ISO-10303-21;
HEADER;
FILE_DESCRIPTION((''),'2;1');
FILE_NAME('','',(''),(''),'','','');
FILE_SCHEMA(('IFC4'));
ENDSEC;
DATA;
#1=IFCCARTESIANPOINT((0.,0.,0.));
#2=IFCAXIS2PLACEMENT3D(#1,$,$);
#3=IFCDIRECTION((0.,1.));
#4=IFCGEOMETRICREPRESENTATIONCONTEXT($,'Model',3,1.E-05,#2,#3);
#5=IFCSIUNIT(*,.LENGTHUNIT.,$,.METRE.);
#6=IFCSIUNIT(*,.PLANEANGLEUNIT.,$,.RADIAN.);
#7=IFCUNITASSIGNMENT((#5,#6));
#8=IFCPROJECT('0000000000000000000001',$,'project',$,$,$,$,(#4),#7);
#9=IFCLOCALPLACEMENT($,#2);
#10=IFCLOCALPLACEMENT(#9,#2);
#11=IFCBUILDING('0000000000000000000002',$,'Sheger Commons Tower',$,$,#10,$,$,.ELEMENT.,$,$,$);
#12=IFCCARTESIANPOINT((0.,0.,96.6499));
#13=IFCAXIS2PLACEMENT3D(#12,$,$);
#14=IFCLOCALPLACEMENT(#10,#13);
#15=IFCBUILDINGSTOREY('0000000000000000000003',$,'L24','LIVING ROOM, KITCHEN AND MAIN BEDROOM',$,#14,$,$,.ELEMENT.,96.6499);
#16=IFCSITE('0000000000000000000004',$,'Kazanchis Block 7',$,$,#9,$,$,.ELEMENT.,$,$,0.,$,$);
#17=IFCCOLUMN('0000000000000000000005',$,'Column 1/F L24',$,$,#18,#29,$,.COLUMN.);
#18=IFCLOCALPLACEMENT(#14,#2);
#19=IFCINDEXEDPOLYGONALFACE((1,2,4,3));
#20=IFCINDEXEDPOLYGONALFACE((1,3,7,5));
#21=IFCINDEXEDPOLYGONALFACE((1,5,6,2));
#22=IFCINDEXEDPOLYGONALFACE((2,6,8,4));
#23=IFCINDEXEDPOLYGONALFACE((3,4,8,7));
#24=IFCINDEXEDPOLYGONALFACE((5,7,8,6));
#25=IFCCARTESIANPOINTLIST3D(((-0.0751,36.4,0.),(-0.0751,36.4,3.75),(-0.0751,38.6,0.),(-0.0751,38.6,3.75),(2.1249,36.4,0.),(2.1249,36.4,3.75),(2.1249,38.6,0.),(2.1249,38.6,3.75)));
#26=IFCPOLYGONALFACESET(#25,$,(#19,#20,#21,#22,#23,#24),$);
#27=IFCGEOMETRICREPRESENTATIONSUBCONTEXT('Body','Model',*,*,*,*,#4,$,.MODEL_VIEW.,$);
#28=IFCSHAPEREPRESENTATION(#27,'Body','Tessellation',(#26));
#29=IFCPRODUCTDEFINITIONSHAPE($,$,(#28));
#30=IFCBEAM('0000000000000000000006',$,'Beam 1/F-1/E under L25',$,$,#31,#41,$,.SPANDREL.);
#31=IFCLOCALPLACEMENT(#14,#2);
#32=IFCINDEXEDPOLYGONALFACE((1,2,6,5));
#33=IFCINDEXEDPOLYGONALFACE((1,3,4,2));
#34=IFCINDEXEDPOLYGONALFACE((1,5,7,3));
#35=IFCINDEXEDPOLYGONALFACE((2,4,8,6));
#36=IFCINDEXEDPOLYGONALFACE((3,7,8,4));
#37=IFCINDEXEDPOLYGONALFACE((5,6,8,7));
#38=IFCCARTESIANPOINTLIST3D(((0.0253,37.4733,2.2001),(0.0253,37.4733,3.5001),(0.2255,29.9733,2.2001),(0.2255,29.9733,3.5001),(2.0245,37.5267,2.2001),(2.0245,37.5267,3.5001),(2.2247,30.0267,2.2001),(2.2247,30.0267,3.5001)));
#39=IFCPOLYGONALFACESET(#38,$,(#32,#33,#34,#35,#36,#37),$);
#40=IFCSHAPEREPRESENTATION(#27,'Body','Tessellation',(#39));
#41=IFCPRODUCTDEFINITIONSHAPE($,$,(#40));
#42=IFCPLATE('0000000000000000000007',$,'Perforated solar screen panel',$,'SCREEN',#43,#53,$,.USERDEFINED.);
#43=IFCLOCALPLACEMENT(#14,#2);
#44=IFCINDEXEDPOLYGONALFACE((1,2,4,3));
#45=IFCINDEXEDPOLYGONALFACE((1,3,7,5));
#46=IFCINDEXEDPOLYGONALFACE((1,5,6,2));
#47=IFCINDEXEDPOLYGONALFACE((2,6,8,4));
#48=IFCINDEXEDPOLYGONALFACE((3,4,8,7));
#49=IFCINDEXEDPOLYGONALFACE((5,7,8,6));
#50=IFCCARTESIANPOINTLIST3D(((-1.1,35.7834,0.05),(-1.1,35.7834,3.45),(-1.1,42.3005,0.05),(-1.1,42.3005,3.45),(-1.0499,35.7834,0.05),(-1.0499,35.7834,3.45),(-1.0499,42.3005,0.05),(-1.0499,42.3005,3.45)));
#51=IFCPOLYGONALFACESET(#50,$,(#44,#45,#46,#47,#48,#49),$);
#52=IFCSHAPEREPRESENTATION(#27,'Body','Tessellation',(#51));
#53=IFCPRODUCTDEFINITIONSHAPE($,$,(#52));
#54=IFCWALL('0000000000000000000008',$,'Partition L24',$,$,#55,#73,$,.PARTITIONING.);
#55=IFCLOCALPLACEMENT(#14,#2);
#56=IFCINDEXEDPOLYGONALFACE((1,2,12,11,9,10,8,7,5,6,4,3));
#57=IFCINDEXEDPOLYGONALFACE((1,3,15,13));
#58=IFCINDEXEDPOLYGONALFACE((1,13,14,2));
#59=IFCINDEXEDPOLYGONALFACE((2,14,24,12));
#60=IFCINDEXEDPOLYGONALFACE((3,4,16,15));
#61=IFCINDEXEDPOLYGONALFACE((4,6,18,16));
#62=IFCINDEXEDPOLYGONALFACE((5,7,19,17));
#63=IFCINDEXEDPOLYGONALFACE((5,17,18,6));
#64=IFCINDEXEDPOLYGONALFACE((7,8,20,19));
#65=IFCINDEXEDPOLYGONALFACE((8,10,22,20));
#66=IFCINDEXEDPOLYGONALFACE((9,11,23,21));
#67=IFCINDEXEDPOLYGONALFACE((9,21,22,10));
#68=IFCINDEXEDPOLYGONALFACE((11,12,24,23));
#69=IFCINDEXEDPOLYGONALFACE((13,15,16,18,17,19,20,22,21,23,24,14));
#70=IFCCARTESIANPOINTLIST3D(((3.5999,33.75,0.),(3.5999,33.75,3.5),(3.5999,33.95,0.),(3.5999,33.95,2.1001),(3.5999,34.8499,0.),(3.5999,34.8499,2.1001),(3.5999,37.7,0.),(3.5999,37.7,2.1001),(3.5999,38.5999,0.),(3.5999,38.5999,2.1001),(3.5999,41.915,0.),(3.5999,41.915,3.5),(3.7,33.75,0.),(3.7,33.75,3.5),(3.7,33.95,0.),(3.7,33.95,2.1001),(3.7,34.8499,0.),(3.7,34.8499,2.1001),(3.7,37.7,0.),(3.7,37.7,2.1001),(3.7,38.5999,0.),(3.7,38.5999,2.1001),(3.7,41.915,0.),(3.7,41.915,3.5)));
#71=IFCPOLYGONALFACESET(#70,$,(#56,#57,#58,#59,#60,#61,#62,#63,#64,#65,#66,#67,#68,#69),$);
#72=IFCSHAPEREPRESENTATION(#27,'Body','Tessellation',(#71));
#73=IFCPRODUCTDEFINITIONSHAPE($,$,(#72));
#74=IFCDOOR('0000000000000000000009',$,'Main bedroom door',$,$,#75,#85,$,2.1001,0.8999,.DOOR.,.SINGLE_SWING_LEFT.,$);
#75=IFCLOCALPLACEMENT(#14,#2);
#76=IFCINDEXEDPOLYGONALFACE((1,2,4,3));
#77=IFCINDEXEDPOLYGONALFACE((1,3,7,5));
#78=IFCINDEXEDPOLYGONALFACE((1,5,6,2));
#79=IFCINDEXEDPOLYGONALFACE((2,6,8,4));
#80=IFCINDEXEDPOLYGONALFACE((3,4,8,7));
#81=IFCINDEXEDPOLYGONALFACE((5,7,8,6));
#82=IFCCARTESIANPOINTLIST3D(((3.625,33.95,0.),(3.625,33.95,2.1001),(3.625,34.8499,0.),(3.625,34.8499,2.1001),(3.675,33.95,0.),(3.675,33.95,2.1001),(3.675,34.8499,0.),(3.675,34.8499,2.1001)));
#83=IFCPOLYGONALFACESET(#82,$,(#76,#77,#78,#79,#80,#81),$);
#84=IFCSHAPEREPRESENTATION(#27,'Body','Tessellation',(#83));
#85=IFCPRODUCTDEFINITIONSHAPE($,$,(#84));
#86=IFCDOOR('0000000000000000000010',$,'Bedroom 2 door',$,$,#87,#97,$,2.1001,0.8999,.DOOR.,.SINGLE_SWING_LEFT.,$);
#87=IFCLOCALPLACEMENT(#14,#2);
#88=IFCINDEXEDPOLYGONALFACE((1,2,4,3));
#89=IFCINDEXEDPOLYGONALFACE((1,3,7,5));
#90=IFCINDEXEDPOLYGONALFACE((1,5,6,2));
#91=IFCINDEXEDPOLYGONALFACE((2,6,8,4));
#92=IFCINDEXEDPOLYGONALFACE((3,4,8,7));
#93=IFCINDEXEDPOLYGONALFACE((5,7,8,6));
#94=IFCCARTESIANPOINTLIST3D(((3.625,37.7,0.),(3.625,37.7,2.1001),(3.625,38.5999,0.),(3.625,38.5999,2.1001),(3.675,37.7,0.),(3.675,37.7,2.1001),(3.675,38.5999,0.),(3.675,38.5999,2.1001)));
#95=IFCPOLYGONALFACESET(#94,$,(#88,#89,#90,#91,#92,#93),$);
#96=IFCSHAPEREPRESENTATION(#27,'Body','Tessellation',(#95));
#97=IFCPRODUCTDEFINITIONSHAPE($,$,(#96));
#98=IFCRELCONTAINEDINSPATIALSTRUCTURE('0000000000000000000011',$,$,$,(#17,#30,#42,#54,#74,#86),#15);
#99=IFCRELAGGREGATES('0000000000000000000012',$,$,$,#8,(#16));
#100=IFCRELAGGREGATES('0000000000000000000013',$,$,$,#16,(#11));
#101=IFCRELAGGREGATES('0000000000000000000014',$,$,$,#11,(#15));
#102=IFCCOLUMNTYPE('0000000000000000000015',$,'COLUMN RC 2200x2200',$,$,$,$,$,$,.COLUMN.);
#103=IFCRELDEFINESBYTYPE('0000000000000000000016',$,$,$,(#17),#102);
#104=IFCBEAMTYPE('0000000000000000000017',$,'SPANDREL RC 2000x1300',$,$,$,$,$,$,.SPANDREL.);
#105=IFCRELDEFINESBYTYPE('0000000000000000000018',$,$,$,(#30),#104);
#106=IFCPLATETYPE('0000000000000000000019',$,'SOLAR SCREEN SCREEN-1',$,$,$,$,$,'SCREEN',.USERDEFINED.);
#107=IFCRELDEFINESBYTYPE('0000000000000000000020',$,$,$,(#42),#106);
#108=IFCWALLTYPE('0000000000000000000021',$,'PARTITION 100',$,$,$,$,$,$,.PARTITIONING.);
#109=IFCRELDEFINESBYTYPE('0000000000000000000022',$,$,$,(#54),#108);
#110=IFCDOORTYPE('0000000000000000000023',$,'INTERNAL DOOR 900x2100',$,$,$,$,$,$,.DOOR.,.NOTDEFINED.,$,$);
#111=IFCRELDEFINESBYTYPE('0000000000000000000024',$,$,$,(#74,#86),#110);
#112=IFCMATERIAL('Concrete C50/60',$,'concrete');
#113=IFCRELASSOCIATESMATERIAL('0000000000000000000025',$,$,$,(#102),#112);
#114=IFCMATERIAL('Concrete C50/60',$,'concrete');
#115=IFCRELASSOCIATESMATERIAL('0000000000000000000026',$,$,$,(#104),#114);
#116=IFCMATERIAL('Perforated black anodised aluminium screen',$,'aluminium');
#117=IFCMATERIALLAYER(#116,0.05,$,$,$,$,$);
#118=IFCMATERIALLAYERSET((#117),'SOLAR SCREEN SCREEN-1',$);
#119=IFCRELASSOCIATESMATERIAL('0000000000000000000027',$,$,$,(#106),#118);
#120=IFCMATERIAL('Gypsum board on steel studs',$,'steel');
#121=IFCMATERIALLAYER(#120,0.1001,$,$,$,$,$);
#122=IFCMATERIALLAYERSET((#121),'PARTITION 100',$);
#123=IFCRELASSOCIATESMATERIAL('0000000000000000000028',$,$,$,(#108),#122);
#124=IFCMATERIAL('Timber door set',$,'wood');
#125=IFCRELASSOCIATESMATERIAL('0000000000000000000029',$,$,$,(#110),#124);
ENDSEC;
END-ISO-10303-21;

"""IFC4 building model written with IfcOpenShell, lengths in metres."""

from ifc_helpers import new_model, si_unit, direction, frame, frame_2d, origin, origin_2d, place, context, subcontext, project, spatial, rectangle, extrude, material, layer, layer_set, material_profile, profile_set, type_object, element, fill, save


model = new_model("IFC4")

# Units and contexts
model_context = context("Model", 3, precision=1e-05, world=origin(), true_north=direction((0.0, 1.0)))
body_context = subcontext(model_context, "Body", "Model", "MODEL_VIEW")
ifc_project = project(units=[si_unit("LENGTHUNIT", "METRE"), si_unit("PLANEANGLEUNIT", "RADIAN")], contexts=[model_context])

# Site, building, storey
site_placement = place(None, origin())
site = spatial("IfcSite", under=ifc_project, at=site_placement, Name="Kazanchis Block 7", CompositionType="ELEMENT", RefElevation=0.0)
building_placement = place(site_placement, origin())
building = spatial("IfcBuilding", under=site, at=building_placement, Name="Sheger Commons Tower", CompositionType="ELEMENT")
storey_placement = place(building_placement, frame((0.0, 0.0, 96.6499)))
storey = spatial("IfcBuildingStorey", under=building, at=storey_placement, Name="L24", Description="LIVING ROOM, KITCHEN AND MAIN BEDROOM", CompositionType="ELEMENT", Elevation=96.6499)

# Column
ifc_material_1 = material(Name="Concrete C50/60", Category="concrete")
ifc_material_profile_1 = material_profile(ifc_material_1, rectangle(XDim=2.2, YDim=2.2, at=origin_2d()), Name="RC 2200x2200")
ifc_profile_set_1 = profile_set([ifc_material_profile_1], Name="Concrete C50/60")
column_type = type_object("IfcColumnType", Name="COLUMN RC 2200x2200", PredefinedType="COLUMN", material=ifc_profile_set_1)
column_placement = place(storey_placement, frame((1.0249, 37.5, 0.0), z_axis=(0.0, 0.0, 1.0), x_axis=(1.0, 0.0, 0.0)))
element("IfcColumn", 1, at=column_placement, inside=storey, type_object=column_type, Name="Column 1/F L24", PredefinedType="COLUMN", context=body_context, shape_type="SweptSolid", body=[
    extrude(rectangle(XDim=2.2, YDim=2.2, at=origin_2d()), origin(), (0.0, 0.0, 1.0), 3.75),
])

# Beam
ifc_material_2 = material(Name="Concrete C50/60", Category="concrete")
ifc_material_profile_2 = material_profile(ifc_material_2, rectangle(XDim=2.0, YDim=1.3, at=origin_2d()), Name="RC 2000x1300")
ifc_profile_set_2 = profile_set([ifc_material_profile_2], Name="Concrete C50/60")
beam_type = type_object("IfcBeamType", Name="SPANDREL RC 2000x1300", PredefinedType="SPANDREL", material=ifc_profile_set_2)
beam_placement = place(storey_placement, frame((1.0249, 37.5, 2.8501), z_axis=(0.026683, -0.999644, 0.0), x_axis=(0.999644, 0.026683, 0.0)))
element("IfcBeam", 2, at=beam_placement, inside=storey, type_object=beam_type, Name="Beam 1/F-1/E under L25", PredefinedType="SPANDREL", context=body_context, shape_type="SweptSolid", body=[
    extrude(rectangle(XDim=2.0, YDim=1.3, at=origin_2d()), origin(), (0.0, 0.0, 1.0), 7.5027),
])

# Plate
ifc_material_3 = material(Name="Perforated black anodised aluminium screen", Category="aluminium")
ifc_layer_1 = layer(ifc_material_3, 0.05)
ifc_layer_set_1 = layer_set([ifc_layer_1], Name="SOLAR SCREEN SCREEN-1")
plate_type = type_object("IfcPlateType", Name="SOLAR SCREEN SCREEN-1", ElementType="SCREEN", PredefinedType="USERDEFINED", material=ifc_layer_set_1)
plate_placement = place(storey_placement, frame((-1.075, 39.042, 0.05), z_axis=(0.0, 0.0, 1.0), x_axis=(0.0, -1.0, 0.0)))
element("IfcPlate", 3, at=plate_placement, inside=storey, type_object=plate_type, Name="Perforated solar screen panel", ObjectType="SCREEN", PredefinedType="USERDEFINED", context=body_context, shape_type="SweptSolid", body=[
    extrude(rectangle(XDim=6.5171, YDim=0.05, at=origin_2d()), origin(), (0.0, 0.0, 1.0), 3.3999),
])

# Wall, openings, doors
ifc_material_4 = material(Name="Gypsum board on steel studs", Category="steel")
ifc_layer_2 = layer(ifc_material_4, 0.1001)
ifc_layer_set_2 = layer_set([ifc_layer_2], Name="PARTITION 100")
wall_type = type_object("IfcWallType", Name="PARTITION 100", PredefinedType="PARTITIONING", material=ifc_layer_set_2)
wall_1_placement = place(storey_placement, frame((3.6499, 33.75, 0.0), z_axis=(0.0, 0.0, 1.0), x_axis=(0.0, 1.0, 0.0)))
wall_1 = element("IfcWall", 4, at=wall_1_placement, inside=storey, type_object=wall_type, Name="Partition L24", PredefinedType="PARTITIONING", context=body_context, shape_type="SweptSolid", body=[
    extrude(rectangle(XDim=8.165, YDim=0.1001, at=frame_2d((4.0825, 0.0))), origin(), (0.0, 0.0, 1.0), 3.5),
])
opening_1_placement = place(wall_1_placement, frame((0.2, 0.0, 0.0)))
opening_1 = element("IfcOpeningElement", 5, at=opening_1_placement, cuts=wall_1, PredefinedType="OPENING", context=body_context, shape_type="SweptSolid", body=[
    extrude(rectangle(XDim=0.8999, YDim=2.1001, at=frame_2d((0.45, 1.05))), frame((0.0, 0.0601, 0.0), z_axis=(0.0, -1.0, 0.0), x_axis=(1.0, 0.0, 0.0)), (0.0, 0.0, 1.0), 0.1201),
])
opening_2_placement = place(wall_1_placement, frame((3.95, 0.0, 0.0)))
opening_2 = element("IfcOpeningElement", 6, at=opening_2_placement, cuts=wall_1, PredefinedType="OPENING", context=body_context, shape_type="SweptSolid", body=[
    extrude(rectangle(XDim=0.8999, YDim=2.1001, at=frame_2d((0.45, 1.05))), frame((0.0, 0.0601, 0.0), z_axis=(0.0, -1.0, 0.0), x_axis=(1.0, 0.0, 0.0)), (0.0, 0.0, 1.0), 0.1201),
])
ifc_material_5 = material(Name="Timber door set", Category="wood")
door_type = type_object("IfcDoorType", Name="INTERNAL DOOR 900x2100", OperationType="NOTDEFINED", PredefinedType="DOOR", material=ifc_material_5)
door_1_placement = place(opening_1_placement, origin())
door_1 = element("IfcDoor", 7, at=door_1_placement, inside=storey, type_object=door_type, Name="Main bedroom door", OperationType="SINGLE_SWING_LEFT", OverallHeight=2.1001, OverallWidth=0.8999, PredefinedType="DOOR", context=body_context, shape_type="SweptSolid", body=[
    extrude(rectangle(XDim=0.8999, YDim=2.1001, at=frame_2d((0.45, 1.05))), frame((0.0, 0.0249, 0.0), z_axis=(0.0, -1.0, 0.0), x_axis=(1.0, 0.0, 0.0)), (0.0, 0.0, 1.0), 0.05),
])
fill(opening_1, door_1)
door_2_placement = place(opening_2_placement, origin())
door_2 = element("IfcDoor", 8, at=door_2_placement, inside=storey, type_object=door_type, Name="Bedroom 2 door", OperationType="SINGLE_SWING_LEFT", OverallHeight=2.1001, OverallWidth=0.8999, PredefinedType="DOOR", context=body_context, shape_type="SweptSolid", body=[
    extrude(rectangle(XDim=0.8999, YDim=2.1001, at=frame_2d((0.45, 1.05))), frame((0.0, 0.0249, 0.0), z_axis=(0.0, -1.0, 0.0), x_axis=(1.0, 0.0, 0.0)), (0.0, 0.0, 1.0), 0.05),
])
fill(opening_2, door_2)

save(model, "model.ifc")
